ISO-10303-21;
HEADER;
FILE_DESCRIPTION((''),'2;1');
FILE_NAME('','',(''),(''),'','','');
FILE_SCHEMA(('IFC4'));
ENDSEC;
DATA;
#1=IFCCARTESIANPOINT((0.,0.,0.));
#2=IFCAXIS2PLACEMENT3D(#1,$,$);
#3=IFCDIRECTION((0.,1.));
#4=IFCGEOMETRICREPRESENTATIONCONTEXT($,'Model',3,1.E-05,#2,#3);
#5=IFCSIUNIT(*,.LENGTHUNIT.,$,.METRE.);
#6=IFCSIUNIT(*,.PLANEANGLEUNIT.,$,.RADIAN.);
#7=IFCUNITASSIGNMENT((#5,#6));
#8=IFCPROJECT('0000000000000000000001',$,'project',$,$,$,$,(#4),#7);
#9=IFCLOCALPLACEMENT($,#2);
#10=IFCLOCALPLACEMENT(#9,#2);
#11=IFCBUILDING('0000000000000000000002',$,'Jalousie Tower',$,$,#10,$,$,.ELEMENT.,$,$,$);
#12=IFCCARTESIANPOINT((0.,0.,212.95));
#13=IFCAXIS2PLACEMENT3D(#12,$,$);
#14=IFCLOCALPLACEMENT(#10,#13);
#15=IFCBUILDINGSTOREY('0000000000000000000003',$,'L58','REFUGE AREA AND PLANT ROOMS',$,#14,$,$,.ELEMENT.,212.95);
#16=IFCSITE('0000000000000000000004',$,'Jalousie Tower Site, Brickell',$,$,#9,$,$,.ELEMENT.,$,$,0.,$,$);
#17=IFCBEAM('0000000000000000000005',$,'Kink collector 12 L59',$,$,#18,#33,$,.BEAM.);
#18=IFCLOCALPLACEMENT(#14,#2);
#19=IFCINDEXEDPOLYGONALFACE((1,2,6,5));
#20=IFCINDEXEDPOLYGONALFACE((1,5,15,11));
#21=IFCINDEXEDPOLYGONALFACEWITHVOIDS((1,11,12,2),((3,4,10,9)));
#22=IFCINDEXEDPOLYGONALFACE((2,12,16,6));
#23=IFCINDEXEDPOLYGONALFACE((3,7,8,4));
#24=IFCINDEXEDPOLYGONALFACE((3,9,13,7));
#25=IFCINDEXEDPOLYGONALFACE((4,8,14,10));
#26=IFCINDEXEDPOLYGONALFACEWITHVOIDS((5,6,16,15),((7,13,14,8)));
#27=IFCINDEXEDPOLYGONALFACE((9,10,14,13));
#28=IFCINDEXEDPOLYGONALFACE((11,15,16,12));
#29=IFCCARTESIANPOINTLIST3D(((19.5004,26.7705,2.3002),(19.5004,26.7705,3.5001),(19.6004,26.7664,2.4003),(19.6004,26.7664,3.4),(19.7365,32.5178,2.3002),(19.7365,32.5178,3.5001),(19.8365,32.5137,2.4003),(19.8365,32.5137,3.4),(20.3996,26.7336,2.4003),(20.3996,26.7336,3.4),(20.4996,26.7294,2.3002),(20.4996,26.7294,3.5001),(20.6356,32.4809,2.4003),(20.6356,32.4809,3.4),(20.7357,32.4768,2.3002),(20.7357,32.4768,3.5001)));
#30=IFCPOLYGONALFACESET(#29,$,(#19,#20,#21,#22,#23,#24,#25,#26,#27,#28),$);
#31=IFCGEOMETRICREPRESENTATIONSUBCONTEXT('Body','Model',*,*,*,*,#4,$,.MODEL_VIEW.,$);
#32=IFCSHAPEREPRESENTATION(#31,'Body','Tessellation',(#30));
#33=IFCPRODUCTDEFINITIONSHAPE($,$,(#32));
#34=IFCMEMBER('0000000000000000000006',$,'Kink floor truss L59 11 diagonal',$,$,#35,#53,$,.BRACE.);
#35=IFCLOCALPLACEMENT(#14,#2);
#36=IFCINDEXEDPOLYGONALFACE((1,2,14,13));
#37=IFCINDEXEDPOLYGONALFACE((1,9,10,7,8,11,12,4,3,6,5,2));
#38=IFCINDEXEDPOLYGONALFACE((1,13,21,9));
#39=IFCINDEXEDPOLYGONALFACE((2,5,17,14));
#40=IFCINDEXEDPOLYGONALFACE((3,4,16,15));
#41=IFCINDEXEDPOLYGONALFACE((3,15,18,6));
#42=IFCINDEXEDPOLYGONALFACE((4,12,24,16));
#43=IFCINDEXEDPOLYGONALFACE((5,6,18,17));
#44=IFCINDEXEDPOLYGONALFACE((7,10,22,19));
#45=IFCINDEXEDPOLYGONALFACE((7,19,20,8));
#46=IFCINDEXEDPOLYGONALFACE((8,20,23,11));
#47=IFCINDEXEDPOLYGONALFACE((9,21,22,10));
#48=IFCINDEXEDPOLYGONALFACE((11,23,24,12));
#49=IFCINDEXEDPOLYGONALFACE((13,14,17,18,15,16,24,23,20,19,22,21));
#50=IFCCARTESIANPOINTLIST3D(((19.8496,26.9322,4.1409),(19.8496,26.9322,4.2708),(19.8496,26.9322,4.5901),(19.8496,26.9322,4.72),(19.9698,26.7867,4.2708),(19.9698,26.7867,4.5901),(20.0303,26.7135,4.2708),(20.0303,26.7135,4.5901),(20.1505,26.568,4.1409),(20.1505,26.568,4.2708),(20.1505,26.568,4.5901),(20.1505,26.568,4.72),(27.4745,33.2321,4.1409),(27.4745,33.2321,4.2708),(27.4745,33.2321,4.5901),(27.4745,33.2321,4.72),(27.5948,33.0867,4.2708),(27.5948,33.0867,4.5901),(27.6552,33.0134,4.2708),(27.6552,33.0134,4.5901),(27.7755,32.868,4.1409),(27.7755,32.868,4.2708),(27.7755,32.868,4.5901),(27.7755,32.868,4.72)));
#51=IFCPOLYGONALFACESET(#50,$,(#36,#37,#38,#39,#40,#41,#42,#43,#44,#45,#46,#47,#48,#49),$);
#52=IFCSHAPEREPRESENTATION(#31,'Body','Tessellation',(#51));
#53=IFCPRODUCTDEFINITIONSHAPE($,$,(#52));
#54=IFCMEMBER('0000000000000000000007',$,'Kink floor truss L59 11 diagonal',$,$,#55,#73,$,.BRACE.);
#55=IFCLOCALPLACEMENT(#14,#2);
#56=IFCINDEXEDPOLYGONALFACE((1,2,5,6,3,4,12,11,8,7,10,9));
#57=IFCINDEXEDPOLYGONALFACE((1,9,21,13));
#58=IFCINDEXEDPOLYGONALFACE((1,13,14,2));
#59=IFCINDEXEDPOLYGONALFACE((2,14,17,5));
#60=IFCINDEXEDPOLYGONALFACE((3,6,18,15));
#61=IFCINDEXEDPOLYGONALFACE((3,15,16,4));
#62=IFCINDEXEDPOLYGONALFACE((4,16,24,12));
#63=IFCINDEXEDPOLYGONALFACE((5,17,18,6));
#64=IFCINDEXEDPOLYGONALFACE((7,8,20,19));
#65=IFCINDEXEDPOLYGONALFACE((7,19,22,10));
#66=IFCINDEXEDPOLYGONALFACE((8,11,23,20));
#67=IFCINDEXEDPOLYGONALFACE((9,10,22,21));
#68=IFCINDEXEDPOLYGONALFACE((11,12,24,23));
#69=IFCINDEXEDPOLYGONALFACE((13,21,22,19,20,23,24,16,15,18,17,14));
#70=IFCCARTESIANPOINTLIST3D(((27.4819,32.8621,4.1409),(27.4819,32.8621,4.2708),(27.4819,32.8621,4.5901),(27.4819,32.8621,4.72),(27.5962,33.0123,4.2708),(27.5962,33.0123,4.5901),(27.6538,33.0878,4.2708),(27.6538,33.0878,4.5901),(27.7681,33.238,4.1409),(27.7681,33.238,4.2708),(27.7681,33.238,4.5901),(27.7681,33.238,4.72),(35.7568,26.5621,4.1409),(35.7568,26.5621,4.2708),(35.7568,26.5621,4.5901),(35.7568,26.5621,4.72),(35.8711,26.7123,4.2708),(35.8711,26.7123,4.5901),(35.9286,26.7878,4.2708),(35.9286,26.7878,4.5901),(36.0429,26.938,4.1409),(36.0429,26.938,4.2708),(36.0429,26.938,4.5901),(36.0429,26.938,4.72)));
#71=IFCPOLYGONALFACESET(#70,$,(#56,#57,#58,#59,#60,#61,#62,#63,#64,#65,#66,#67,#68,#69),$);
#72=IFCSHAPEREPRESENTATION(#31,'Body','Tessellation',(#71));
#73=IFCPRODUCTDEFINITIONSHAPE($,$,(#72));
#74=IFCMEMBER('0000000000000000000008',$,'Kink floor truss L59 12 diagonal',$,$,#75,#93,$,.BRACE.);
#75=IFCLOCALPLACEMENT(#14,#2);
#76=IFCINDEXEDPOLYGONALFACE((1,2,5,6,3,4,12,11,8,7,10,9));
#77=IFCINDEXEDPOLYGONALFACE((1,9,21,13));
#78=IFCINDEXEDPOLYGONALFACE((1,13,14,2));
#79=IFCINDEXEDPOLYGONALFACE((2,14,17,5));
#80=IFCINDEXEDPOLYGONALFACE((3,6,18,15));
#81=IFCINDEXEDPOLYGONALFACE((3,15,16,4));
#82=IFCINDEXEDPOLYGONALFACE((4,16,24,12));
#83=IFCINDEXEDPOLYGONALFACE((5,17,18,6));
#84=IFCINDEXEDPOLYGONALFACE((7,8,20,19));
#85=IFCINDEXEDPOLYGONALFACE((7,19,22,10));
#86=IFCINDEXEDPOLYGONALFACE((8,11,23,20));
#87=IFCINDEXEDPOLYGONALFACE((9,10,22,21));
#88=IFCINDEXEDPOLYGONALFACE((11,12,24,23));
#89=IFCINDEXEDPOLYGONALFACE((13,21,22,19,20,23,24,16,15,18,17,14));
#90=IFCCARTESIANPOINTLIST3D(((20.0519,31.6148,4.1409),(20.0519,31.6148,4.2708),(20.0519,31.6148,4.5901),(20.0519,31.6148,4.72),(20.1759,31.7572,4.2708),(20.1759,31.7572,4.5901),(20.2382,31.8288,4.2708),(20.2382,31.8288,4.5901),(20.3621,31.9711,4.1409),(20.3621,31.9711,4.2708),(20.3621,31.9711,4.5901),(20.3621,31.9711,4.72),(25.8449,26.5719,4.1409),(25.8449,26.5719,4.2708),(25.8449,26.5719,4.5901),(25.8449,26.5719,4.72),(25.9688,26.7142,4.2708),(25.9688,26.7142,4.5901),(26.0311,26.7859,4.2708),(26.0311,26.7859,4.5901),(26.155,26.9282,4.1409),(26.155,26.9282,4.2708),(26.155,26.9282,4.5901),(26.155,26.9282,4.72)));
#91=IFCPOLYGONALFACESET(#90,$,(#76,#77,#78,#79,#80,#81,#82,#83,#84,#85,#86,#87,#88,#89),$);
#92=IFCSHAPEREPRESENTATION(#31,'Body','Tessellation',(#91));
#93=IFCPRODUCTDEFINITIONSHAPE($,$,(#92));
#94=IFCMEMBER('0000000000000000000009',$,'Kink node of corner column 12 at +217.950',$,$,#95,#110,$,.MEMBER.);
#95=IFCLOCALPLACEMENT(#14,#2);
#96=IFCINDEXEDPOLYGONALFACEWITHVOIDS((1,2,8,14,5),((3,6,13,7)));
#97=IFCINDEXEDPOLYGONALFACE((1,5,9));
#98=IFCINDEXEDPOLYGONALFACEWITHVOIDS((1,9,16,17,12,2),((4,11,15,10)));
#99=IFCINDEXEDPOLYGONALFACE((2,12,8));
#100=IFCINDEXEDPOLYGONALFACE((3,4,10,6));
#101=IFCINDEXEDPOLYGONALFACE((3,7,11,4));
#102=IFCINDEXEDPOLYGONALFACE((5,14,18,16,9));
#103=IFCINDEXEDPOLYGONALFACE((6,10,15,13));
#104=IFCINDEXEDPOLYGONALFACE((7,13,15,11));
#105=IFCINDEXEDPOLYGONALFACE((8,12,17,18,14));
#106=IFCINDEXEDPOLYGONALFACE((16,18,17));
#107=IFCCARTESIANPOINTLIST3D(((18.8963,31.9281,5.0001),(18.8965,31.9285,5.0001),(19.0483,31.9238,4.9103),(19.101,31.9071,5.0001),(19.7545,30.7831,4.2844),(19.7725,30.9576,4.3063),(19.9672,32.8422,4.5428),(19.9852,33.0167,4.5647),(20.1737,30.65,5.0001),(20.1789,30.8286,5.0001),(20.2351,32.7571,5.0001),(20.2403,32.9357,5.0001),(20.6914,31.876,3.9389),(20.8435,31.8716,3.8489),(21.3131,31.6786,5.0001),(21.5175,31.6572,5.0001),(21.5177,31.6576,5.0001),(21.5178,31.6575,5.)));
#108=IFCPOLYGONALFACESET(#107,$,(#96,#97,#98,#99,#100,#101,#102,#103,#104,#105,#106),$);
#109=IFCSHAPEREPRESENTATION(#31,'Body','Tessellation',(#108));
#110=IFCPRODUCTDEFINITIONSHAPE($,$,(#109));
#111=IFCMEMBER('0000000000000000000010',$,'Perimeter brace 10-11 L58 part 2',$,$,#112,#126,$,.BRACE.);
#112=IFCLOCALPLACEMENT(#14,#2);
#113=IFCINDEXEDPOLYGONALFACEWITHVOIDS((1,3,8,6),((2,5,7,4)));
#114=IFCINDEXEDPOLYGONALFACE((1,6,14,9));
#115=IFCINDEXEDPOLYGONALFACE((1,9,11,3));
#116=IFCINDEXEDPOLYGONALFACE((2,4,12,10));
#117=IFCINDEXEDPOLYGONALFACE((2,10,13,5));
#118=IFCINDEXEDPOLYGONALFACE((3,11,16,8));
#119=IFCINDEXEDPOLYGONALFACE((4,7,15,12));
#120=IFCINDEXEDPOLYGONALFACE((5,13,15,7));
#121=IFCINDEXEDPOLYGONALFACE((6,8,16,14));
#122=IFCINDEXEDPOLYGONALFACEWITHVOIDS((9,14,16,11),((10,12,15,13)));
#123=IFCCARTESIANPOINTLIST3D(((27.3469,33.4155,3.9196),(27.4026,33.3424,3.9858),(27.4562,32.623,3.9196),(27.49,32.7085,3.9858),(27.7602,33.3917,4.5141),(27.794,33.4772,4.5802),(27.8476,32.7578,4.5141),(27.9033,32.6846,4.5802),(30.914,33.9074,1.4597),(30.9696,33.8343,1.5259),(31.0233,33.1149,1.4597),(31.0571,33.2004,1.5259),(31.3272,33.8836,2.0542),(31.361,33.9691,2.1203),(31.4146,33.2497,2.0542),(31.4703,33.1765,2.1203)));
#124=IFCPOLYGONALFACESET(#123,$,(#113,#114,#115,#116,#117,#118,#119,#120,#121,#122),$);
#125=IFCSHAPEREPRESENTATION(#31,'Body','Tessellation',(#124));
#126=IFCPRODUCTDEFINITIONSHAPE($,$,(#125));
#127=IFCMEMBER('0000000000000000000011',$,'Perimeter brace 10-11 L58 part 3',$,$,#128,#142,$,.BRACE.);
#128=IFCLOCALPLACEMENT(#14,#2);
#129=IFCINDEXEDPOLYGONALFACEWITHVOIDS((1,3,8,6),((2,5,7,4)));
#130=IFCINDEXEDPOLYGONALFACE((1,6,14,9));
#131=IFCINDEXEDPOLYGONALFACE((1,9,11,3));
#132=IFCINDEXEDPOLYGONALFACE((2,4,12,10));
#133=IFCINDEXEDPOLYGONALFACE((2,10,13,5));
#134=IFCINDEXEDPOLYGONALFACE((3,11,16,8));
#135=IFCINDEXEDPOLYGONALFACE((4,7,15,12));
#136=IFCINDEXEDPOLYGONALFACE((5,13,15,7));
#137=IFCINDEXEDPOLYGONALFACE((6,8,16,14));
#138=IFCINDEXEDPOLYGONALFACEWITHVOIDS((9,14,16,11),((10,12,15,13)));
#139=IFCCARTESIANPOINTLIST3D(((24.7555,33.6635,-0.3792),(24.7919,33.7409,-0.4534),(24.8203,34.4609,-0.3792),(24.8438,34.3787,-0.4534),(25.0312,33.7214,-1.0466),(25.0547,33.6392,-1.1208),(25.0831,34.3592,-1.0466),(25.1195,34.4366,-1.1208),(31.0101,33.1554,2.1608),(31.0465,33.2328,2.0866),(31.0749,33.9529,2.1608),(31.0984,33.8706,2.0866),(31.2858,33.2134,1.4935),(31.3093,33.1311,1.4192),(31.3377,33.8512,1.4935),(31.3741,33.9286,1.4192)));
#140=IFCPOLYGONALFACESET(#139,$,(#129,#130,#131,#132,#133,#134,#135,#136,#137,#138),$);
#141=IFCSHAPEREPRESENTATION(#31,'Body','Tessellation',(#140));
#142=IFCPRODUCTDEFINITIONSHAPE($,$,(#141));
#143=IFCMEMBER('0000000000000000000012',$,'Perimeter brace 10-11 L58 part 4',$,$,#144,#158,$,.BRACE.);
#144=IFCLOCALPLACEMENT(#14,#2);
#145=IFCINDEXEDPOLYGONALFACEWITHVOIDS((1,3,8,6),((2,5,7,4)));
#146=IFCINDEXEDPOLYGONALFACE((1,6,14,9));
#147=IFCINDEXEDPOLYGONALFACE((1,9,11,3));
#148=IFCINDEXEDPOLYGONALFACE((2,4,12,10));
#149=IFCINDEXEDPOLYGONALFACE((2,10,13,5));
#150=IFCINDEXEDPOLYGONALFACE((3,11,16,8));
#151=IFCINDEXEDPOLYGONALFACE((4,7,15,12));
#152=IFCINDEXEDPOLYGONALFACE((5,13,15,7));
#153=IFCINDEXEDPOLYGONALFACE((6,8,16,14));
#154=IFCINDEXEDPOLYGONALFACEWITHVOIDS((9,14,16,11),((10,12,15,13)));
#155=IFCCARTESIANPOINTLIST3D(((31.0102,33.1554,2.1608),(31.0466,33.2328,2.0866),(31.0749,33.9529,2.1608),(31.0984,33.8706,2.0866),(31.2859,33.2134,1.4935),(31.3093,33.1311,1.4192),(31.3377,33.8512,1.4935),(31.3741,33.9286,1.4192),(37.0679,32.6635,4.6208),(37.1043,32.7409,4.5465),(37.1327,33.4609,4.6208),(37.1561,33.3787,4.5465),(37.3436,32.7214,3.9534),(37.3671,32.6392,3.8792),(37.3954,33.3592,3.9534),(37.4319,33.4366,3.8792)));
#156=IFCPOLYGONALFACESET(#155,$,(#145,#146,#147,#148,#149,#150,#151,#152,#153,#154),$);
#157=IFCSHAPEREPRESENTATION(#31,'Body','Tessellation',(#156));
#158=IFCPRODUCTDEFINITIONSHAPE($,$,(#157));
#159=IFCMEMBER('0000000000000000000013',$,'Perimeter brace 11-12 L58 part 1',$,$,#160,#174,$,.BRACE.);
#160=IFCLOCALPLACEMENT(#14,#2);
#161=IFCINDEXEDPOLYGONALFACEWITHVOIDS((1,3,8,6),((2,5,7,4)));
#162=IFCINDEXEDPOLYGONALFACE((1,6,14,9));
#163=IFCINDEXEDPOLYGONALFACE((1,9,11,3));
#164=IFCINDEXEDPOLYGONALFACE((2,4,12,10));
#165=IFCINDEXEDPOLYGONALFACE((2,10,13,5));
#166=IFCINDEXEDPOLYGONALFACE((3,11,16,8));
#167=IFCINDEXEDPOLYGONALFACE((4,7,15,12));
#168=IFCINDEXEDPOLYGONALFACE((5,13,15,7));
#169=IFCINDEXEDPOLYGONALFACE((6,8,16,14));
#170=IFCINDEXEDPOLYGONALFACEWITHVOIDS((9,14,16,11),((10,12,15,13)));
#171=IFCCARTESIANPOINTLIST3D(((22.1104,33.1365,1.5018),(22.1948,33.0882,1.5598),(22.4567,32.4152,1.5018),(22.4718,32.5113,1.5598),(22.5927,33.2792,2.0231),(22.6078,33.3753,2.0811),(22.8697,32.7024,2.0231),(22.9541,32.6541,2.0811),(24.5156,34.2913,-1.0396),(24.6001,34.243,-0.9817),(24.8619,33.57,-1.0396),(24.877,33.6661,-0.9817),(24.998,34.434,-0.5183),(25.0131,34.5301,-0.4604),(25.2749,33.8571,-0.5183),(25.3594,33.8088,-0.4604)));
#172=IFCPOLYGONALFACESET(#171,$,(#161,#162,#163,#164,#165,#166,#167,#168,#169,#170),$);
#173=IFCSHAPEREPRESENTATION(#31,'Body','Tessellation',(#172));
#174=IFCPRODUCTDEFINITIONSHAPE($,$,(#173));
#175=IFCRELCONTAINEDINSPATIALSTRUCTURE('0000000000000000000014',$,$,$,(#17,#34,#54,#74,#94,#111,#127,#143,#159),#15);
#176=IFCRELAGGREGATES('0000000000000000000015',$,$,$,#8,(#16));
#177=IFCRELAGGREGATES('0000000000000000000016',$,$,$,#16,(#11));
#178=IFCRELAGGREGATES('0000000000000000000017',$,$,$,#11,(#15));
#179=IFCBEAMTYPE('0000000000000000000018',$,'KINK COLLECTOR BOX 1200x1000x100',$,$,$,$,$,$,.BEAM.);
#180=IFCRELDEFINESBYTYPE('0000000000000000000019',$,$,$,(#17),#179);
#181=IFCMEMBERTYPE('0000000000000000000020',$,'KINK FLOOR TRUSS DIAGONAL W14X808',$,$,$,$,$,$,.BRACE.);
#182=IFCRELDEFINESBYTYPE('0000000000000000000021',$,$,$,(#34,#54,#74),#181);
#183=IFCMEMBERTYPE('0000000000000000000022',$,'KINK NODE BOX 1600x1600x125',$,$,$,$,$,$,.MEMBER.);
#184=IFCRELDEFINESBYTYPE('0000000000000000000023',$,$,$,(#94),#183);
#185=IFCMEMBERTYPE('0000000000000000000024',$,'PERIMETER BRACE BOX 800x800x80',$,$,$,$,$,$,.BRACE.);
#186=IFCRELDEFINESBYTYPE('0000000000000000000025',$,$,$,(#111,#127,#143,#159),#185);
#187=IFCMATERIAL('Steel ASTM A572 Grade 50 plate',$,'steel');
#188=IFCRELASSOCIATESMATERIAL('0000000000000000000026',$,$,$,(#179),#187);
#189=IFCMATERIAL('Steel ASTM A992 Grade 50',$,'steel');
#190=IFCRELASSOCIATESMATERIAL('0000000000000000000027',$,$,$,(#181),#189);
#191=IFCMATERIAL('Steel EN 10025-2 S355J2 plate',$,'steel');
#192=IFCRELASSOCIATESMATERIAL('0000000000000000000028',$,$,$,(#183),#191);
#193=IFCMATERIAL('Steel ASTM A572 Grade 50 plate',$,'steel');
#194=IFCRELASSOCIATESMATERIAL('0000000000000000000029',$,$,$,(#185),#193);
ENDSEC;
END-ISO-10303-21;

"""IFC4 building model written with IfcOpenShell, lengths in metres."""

from ifc_helpers import new_model, si_unit, direction, frame, origin, origin_2d, place, context, subcontext, project, spatial, hollow_rectangle, i_section, extrude, clip, halfspace, material, material_profile, profile_set, type_object, element, save


model = new_model("IFC4")

# Units and contexts
model_context = context("Model", 3, precision=1e-05, world=origin(), true_north=direction((0.0, 1.0)))
body_context = subcontext(model_context, "Body", "Model", "MODEL_VIEW")
ifc_project = project(units=[si_unit("LENGTHUNIT", "METRE"), si_unit("PLANEANGLEUNIT", "RADIAN")], contexts=[model_context])

# Site, building, storey
site_placement = place(None, origin())
site = spatial("IfcSite", under=ifc_project, at=site_placement, Name="Jalousie Tower Site, Brickell", CompositionType="ELEMENT", RefElevation=0.0)
building_placement = place(site_placement, origin())
building = spatial("IfcBuilding", under=site, at=building_placement, Name="Jalousie Tower", CompositionType="ELEMENT")
storey_placement = place(building_placement, frame((0.0, 0.0, 212.95)))
storey = spatial("IfcBuildingStorey", under=building, at=storey_placement, Name="L58", Description="REFUGE AREA AND PLANT ROOMS", CompositionType="ELEMENT", Elevation=212.95)

# Beam
ifc_material_1 = material(Name="Steel ASTM A572 Grade 50 plate", Category="steel")
ifc_material_profile_1 = material_profile(ifc_material_1, hollow_rectangle(XDim=1.0, YDim=1.2, WallThickness=0.1001, at=origin_2d()), Name="BOX 1200x1000x100")
ifc_profile_set_1 = profile_set([ifc_material_profile_1], Name="Steel ASTM A572 Grade 50 plate")
beam_type_1 = type_object("IfcBeamType", Name="KINK COLLECTOR BOX 1200x1000x100", PredefinedType="BEAM", material=ifc_profile_set_1)
beam_1_placement = place(storey_placement, frame((20.2361, 32.4973, 2.9001), z_axis=(-0.041043, -0.999157, 0.0), x_axis=(0.999157, -0.041043, 0.0)))
element("IfcBeam", 1, at=beam_1_placement, inside=storey, type_object=beam_type_1, Name="Kink collector 12 L59", PredefinedType="BEAM", context=body_context, shape_type="SweptSolid", body=[
    extrude(hollow_rectangle(XDim=1.0, YDim=1.2, WallThickness=0.1001, at=origin_2d()), origin(), (0.0, 0.0, 1.0), 5.7522),
])

# Members
ifc_material_2 = material(Name="Steel ASTM A992 Grade 50", Category="steel")
ifc_material_profile_2 = material_profile(ifc_material_2, i_section(OverallWidth=0.4724, OverallDepth=0.5791, WebThickness=0.095, FlangeThickness=0.1299, at=origin_2d()), Name="W14X808")
ifc_profile_set_2 = profile_set([ifc_material_profile_2], Name="Steel ASTM A992 Grade 50")
member_type_1 = type_object("IfcMemberType", Name="KINK FLOOR TRUSS DIAGONAL W14X808", PredefinedType="BRACE", material=ifc_profile_set_2)
member_1_placement = place(storey_placement, frame((27.625, 33.05, 4.4304), z_axis=(-0.770905, -0.63695, 0.0), x_axis=(0.63695, -0.770905, 0.0)))
element("IfcMember", 2, at=member_1_placement, inside=storey, type_object=member_type_1, Name="Kink floor truss L59 11 diagonal", PredefinedType="BRACE", context=body_context, shape_type="SweptSolid", body=[
    extrude(i_section(OverallWidth=0.4724, OverallDepth=0.5791, WebThickness=0.095, FlangeThickness=0.1299, at=origin_2d()), origin(), (0.0, 0.0, 1.0), 9.8909),
])
member_2_placement = place(storey_placement, frame((27.625, 33.05, 4.4304), z_axis=(0.795647, -0.605761, 0.0), x_axis=(0.605761, 0.795647, 0.0)))
element("IfcMember", 3, at=member_2_placement, inside=storey, type_object=member_type_1, Name="Kink floor truss L59 11 diagonal", PredefinedType="BRACE", context=body_context, shape_type="SweptSolid", body=[
    extrude(i_section(OverallWidth=0.4724, OverallDepth=0.5791, WebThickness=0.095, FlangeThickness=0.1299, at=origin_2d()), origin(), (0.0, 0.0, 1.0), 10.4001),
])
member_3_placement = place(storey_placement, frame((20.207, 31.793, 4.4304), z_axis=(0.754244, -0.656594, 0.0), x_axis=(0.656594, 0.754244, 0.0)))
element("IfcMember", 4, at=member_3_placement, inside=storey, type_object=member_type_1, Name="Kink floor truss L59 12 diagonal", PredefinedType="BRACE", context=body_context, shape_type="SweptSolid", body=[
    extrude(i_section(OverallWidth=0.4724, OverallDepth=0.5791, WebThickness=0.095, FlangeThickness=0.1299, at=origin_2d()), origin(), (0.0, 0.0, 1.0), 7.6804),
])
ifc_material_3 = material(Name="Steel EN 10025-2 S355J2 plate", Category="steel")
ifc_material_profile_3 = material_profile(ifc_material_3, hollow_rectangle(XDim=1.6001, YDim=1.6001, WallThickness=0.125, at=origin_2d()), Name="BOX 1600x1600x125")
ifc_profile_set_3 = profile_set([ifc_material_profile_3], Name="Steel EN 10025-2 S355J2 plate")
member_type_2 = type_object("IfcMemberType", Name="KINK NODE BOX 1600x1600x125", PredefinedType="MEMBER", material=ifc_profile_set_3)
member_4_placement = place(storey_placement, frame((19.8699, 31.8999, 4.4246), z_axis=(0.499065, -0.158465, 0.851952), x_axis=(0.536402, -0.715658, -0.447333)))
element("IfcMember", 5, at=member_4_placement, inside=storey, type_object=member_type_2, Name="Kink node of corner column 12 at +217.950", PredefinedType="MEMBER", context=body_context, shape_type="Clipping", body=[
    clip(extrude(hollow_rectangle(XDim=1.6001, YDim=1.6001, WallThickness=0.125, at=origin_2d()), origin(), (0.0, 0.0, 1.0), 1.3511), halfspace(frame((0.0, 0.0, 0.6755), z_axis=(-0.447333, -0.272159, 0.851952)), False)),
])
ifc_material_4 = material(Name="Steel ASTM A572 Grade 50 plate", Category="steel")
ifc_material_profile_4 = material_profile(ifc_material_4, hollow_rectangle(XDim=0.8, YDim=0.8, WallThickness=0.0801, at=origin_2d()), Name="BOX 800x800x80")
ifc_profile_set_4 = profile_set([ifc_material_profile_4], Name="Steel ASTM A572 Grade 50 plate")
member_type_3 = type_object("IfcMemberType", Name="PERIMETER BRACE BOX 800x800x80", PredefinedType="BRACE", material=ifc_profile_set_4)
member_5_placement = place(storey_placement, frame((31.1921, 33.542, 1.79), z_axis=(-0.817973, -0.112806, 0.564088), x_axis=(0.136617, -0.990624, 0.0)))
element("IfcMember", 6, at=member_5_placement, inside=storey, type_object=member_type_3, Name="Perimeter brace 10-11 L58 part 2", PredefinedType="BRACE", context=body_context, shape_type="SweptSolid", body=[
    extrude(hollow_rectangle(XDim=0.8, YDim=0.8, WallThickness=0.0801, at=origin_2d()), origin(), (0.0, 0.0, 1.0), 4.3608),
])
member_6_placement = place(storey_placement, frame((24.9375, 34.05, -0.75), z_axis=(0.923901, -0.075047, 0.375201), x_axis=(0.080962, 0.996717, 0.0)))
element("IfcMember", 7, at=member_6_placement, inside=storey, type_object=member_type_3, Name="Perimeter brace 10-11 L58 part 3", PredefinedType="BRACE", context=body_context, shape_type="SweptSolid", body=[
    extrude(hollow_rectangle(XDim=0.8, YDim=0.8, WallThickness=0.0801, at=origin_2d()), origin(), (0.0, 0.0, 1.0), 6.7698),
])
member_7_placement = place(storey_placement, frame((31.1921, 33.542, 1.79), z_axis=(0.923911, -0.075028, 0.375179), x_axis=(0.080941, 0.996719, 0.0)))
element("IfcMember", 8, at=member_7_placement, inside=storey, type_object=member_type_3, Name="Perimeter brace 10-11 L58 part 4", PredefinedType="BRACE", context=body_context, shape_type="SweptSolid", body=[
    extrude(hollow_rectangle(XDim=0.8, YDim=0.8, WallThickness=0.0801, at=origin_2d()), origin(), (0.0, 0.0, 1.0), 6.5566),
])
member_8_placement = place(storey_placement, frame((24.9375, 34.05, -0.75), z_axis=(-0.652747, -0.313387, 0.689717), x_axis=(0.432808, -0.901486, 0.0)))
element("IfcMember", 9, at=member_8_placement, inside=storey, type_object=member_type_3, Name="Perimeter brace 11-12 L58 part 1", PredefinedType="BRACE", context=body_context, shape_type="SweptSolid", body=[
    extrude(hollow_rectangle(XDim=0.8, YDim=0.8, WallThickness=0.0801, at=origin_2d()), origin(), (0.0, 0.0, 1.0), 3.6848),
])

save(model, "model.ifc")
